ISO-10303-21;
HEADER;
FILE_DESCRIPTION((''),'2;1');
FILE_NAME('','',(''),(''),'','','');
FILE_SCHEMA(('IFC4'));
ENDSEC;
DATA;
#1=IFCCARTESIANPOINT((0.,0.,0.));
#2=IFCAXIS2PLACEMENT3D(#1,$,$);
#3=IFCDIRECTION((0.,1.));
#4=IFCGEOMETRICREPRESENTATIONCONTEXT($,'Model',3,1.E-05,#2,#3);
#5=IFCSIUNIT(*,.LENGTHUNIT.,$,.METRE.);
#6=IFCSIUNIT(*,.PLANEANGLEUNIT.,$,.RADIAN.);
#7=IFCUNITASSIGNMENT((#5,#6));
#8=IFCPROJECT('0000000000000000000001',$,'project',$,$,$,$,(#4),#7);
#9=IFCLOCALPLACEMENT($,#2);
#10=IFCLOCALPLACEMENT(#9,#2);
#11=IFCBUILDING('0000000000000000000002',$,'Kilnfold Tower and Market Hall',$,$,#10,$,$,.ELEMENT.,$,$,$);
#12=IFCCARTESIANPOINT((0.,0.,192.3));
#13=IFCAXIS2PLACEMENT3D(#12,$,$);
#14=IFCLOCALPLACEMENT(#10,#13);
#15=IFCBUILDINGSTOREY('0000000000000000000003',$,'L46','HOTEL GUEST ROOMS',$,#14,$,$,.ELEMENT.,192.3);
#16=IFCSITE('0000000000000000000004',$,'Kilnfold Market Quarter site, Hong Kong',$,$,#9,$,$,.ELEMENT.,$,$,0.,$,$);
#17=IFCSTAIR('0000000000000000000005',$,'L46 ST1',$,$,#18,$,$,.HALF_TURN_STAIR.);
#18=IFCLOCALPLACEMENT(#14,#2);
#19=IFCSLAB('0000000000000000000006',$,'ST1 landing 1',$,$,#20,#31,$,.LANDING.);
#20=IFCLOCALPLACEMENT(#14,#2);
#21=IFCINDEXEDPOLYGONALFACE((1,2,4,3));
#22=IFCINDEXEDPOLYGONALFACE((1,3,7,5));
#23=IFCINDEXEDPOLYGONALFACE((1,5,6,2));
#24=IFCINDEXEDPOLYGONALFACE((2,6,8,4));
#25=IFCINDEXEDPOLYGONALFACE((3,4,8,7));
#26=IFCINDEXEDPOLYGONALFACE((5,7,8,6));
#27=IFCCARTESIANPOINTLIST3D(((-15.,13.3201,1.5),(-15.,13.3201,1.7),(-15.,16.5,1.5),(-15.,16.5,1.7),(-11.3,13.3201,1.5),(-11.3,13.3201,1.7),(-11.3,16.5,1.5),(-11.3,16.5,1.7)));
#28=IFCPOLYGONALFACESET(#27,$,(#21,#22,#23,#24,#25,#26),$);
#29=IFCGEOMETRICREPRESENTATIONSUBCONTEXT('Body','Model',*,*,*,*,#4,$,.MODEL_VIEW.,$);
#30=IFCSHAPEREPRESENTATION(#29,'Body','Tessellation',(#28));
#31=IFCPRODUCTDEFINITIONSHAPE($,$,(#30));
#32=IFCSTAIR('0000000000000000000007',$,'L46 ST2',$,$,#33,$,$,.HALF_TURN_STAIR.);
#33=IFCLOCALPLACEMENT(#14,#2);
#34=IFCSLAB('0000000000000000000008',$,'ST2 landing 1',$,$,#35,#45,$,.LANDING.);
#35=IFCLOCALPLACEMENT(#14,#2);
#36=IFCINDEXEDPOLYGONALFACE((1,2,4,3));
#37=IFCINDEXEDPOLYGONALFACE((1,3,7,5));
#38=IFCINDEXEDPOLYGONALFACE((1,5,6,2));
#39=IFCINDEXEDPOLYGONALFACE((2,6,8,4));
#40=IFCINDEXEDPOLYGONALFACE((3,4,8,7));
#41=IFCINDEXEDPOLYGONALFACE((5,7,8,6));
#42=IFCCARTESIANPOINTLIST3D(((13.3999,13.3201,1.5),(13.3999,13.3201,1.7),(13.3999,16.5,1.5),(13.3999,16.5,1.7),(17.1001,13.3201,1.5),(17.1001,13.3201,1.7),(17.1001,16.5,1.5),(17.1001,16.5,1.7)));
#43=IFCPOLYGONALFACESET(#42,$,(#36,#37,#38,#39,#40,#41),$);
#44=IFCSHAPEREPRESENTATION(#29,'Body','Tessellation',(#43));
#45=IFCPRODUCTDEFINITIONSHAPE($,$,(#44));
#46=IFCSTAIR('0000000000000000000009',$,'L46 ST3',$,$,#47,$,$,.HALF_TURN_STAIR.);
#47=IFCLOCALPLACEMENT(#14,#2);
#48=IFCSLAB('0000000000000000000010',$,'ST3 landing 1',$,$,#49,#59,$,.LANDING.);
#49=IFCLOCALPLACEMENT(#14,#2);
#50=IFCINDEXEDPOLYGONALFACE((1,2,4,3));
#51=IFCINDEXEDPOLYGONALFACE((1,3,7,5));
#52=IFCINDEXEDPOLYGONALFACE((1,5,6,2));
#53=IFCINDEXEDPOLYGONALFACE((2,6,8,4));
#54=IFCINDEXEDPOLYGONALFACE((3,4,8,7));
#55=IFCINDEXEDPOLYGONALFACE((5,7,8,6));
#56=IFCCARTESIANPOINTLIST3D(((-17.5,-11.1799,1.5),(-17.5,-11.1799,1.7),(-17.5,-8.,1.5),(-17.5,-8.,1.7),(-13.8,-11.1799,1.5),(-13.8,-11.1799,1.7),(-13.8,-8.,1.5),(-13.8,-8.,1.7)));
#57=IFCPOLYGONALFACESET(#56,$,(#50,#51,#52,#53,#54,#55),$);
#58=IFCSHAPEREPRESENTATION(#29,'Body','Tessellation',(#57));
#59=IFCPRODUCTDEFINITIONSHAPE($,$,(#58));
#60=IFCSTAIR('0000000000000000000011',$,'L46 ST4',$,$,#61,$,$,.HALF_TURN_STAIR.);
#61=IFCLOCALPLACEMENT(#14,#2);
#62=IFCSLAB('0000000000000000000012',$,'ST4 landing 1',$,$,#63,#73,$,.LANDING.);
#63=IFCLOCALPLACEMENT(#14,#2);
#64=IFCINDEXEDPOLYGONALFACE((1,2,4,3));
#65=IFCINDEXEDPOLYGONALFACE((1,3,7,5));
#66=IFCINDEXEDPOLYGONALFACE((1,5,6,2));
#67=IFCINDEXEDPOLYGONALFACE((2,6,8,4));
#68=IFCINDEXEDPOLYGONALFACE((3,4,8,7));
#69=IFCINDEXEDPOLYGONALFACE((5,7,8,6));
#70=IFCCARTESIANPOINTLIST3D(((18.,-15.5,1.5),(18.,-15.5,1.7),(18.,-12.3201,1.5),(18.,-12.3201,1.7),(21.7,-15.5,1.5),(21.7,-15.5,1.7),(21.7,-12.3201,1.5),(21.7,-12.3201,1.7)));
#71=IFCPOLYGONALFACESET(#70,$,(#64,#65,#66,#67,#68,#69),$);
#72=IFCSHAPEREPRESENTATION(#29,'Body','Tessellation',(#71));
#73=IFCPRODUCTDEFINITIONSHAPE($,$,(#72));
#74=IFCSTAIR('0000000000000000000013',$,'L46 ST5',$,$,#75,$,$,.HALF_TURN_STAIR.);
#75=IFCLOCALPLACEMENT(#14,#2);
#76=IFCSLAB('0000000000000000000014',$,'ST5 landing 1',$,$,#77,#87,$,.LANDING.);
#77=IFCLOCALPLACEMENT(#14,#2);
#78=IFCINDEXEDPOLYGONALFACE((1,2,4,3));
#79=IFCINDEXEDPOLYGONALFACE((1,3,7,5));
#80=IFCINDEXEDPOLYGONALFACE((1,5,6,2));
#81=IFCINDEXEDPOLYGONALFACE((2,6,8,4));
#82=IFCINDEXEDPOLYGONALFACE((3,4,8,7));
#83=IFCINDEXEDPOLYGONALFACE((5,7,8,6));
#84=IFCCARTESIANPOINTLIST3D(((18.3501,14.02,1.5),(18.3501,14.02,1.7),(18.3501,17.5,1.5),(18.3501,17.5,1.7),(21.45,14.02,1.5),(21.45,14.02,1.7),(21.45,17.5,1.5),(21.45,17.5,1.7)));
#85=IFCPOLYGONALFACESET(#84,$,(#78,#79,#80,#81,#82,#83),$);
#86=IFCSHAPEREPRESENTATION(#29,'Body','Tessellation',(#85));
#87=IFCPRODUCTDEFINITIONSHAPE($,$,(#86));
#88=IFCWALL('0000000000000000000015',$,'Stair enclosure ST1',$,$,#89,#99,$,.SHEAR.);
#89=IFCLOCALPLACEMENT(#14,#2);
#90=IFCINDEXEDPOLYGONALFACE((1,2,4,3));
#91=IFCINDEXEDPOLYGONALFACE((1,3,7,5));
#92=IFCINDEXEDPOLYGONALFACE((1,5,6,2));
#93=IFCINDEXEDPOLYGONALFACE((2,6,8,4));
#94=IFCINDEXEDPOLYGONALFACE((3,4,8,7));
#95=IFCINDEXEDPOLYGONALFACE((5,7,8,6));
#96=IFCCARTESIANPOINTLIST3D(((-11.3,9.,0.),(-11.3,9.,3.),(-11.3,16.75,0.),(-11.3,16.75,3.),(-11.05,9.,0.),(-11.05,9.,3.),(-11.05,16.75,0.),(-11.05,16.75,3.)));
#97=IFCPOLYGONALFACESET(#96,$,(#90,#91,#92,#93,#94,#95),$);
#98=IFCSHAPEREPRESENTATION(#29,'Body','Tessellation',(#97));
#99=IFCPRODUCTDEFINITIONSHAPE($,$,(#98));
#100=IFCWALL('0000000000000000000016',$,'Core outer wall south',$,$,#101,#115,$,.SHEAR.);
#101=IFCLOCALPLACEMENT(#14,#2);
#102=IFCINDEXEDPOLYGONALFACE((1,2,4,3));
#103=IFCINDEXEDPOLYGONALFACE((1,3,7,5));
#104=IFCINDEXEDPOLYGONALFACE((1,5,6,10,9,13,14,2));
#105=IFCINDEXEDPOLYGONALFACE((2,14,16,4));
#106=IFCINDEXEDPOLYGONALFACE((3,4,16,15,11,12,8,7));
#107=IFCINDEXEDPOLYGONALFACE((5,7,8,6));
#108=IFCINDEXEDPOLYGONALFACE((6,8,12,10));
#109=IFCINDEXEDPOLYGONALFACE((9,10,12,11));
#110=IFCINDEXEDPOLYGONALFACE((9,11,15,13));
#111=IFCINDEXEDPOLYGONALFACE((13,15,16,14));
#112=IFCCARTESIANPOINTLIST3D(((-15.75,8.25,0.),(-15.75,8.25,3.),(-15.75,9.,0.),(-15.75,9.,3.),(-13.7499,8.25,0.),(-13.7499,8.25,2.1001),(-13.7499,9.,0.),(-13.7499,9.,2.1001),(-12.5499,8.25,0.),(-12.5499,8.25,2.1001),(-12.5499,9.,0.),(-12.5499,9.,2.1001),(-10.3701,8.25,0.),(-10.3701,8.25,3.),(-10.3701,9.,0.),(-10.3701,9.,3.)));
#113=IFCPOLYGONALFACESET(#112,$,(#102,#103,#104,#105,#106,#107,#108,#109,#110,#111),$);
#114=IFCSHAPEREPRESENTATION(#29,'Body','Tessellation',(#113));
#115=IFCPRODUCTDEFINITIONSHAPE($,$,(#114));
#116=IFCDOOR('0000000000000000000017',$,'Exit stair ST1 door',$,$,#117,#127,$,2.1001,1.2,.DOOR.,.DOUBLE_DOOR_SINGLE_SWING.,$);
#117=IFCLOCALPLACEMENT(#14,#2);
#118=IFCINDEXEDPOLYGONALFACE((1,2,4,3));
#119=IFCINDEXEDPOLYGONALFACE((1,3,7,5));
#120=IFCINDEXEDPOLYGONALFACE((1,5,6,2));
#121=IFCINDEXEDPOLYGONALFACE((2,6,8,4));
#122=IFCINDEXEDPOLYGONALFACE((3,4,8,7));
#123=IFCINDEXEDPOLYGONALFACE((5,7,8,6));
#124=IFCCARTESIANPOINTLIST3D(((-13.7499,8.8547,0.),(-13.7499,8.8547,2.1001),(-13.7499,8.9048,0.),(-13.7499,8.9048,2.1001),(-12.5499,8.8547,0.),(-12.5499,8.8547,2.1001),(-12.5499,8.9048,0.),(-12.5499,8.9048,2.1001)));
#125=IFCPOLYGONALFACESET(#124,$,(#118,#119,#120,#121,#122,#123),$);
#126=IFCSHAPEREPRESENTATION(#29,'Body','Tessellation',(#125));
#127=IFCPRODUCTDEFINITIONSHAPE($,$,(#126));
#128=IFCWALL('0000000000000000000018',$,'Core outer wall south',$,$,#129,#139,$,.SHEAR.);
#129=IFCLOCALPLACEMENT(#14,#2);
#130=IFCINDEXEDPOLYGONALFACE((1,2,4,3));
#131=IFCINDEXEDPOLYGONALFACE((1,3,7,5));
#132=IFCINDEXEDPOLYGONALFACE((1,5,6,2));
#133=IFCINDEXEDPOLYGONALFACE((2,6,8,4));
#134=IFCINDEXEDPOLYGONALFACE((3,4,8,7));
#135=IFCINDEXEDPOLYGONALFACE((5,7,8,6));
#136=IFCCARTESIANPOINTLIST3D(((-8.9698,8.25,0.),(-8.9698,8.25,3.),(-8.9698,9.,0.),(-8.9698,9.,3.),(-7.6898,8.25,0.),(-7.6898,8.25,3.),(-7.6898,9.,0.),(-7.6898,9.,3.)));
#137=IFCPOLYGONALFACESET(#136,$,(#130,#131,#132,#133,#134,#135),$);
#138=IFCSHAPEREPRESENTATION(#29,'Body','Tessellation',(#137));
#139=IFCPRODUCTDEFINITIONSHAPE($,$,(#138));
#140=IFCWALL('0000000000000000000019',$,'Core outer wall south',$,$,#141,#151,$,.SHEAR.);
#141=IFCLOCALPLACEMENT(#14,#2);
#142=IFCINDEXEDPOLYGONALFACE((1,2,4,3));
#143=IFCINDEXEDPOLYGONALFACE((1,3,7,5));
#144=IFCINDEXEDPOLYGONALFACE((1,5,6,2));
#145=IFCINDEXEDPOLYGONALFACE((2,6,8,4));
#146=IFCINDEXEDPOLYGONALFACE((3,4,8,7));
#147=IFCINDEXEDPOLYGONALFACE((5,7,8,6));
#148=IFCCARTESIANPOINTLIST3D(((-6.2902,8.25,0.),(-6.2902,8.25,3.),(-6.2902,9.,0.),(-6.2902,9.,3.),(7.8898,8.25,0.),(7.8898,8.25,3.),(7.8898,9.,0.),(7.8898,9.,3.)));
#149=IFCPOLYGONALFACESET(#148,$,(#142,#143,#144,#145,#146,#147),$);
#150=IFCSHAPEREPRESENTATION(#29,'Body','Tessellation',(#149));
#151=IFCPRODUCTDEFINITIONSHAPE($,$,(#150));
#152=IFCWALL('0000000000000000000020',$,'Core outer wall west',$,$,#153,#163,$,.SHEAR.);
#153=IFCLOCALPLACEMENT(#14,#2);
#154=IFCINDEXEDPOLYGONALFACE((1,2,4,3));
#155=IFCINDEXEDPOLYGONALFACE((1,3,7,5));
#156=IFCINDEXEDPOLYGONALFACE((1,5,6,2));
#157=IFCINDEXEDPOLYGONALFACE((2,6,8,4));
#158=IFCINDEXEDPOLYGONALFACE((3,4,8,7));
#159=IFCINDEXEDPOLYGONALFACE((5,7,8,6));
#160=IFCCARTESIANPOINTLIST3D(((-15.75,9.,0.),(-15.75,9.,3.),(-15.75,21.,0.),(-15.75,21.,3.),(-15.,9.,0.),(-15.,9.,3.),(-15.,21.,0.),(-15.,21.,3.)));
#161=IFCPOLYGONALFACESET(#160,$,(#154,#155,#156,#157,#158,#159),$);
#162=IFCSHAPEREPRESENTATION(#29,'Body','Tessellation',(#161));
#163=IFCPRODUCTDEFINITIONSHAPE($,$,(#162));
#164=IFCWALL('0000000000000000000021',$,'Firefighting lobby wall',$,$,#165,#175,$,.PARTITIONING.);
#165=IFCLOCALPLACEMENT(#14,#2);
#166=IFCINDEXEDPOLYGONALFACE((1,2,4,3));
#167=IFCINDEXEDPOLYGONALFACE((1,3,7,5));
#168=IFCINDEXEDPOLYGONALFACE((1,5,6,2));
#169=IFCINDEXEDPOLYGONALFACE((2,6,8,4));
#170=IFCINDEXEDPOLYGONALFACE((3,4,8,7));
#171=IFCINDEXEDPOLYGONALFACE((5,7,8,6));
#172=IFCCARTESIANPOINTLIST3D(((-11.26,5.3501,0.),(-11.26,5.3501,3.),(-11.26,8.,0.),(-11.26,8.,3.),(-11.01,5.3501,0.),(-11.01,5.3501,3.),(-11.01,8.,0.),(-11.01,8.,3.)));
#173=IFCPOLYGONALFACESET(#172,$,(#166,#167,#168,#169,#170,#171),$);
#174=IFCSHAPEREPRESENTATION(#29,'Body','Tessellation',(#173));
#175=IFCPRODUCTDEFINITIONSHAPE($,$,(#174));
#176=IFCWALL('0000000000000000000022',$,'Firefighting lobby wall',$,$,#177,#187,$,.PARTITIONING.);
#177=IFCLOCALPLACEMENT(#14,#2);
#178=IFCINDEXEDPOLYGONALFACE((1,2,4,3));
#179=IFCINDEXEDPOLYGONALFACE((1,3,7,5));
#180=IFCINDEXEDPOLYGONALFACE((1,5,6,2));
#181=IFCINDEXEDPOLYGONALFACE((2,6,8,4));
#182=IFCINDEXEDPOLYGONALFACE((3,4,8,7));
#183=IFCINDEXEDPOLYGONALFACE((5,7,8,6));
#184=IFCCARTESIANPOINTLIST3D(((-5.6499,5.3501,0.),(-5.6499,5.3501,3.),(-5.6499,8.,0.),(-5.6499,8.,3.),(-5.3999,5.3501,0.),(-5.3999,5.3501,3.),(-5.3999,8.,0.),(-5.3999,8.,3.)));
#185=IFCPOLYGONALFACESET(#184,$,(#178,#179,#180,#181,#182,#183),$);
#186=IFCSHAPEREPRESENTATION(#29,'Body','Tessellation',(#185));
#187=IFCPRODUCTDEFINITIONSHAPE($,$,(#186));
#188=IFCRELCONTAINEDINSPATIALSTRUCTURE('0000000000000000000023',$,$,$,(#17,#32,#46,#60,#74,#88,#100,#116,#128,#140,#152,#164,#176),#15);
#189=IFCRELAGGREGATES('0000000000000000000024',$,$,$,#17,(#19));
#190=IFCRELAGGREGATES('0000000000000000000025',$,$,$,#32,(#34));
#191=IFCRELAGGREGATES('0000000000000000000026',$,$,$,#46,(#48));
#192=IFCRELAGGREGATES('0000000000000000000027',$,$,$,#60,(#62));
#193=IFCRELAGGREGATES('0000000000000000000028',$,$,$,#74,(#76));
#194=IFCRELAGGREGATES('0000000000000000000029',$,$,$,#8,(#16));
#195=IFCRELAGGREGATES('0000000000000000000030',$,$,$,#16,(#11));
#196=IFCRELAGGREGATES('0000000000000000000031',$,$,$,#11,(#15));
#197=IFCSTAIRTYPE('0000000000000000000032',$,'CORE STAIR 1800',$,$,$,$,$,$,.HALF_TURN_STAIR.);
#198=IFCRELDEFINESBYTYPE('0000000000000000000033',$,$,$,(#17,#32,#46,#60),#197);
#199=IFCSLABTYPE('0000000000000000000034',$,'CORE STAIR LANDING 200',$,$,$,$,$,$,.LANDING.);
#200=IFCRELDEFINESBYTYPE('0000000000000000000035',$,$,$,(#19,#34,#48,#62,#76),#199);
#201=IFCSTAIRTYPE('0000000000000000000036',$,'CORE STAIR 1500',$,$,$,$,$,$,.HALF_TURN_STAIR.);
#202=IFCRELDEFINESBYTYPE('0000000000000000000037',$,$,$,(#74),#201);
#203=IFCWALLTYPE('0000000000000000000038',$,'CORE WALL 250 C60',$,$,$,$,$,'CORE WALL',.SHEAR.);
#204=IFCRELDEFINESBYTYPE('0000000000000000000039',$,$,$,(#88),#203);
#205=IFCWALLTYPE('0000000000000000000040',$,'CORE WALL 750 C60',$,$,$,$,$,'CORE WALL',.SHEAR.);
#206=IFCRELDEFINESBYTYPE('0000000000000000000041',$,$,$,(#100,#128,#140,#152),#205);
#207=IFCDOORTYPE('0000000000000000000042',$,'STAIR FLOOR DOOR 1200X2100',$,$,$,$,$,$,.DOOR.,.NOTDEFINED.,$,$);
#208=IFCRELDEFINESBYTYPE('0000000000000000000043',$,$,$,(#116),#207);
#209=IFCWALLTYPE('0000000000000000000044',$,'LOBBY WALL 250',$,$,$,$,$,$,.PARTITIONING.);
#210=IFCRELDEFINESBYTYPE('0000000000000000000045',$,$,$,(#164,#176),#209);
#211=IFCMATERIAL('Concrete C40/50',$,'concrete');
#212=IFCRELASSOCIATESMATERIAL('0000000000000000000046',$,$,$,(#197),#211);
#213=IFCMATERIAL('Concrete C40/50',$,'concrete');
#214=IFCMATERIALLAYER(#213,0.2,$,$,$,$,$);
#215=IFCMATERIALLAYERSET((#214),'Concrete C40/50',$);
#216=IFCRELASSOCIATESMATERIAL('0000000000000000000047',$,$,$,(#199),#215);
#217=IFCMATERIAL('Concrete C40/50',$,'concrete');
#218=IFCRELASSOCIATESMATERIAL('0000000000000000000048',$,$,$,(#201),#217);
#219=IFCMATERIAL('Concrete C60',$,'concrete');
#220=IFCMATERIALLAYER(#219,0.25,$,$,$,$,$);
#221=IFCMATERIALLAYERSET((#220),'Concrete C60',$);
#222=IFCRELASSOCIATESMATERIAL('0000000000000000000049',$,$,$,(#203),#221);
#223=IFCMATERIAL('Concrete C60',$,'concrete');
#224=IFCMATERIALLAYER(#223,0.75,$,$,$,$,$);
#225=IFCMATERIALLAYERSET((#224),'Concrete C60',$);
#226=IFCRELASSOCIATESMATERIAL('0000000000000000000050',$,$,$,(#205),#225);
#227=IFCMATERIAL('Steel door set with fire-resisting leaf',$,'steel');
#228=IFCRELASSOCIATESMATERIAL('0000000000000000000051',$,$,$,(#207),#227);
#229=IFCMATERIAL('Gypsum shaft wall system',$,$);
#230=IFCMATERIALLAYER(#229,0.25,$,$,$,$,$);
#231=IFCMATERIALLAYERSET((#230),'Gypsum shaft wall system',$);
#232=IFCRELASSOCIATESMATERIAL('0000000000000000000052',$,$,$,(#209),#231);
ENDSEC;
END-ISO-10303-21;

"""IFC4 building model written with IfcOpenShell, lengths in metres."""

from ifc_helpers import new_model, si_unit, direction, frame, frame_2d, origin, place, context, subcontext, project, spatial, polyline, rectangle, outline, extrude, source, transform, mapped, material, layer, layer_set, type_object, element, fill, aggregate, save


model = new_model("IFC4")

# Units and contexts
model_context = context("Model", 3, precision=1e-05, world=origin(), true_north=direction((0.0, 1.0)))
body_context = subcontext(model_context, "Body", "Model", "MODEL_VIEW")
ifc_project = project(units=[si_unit("LENGTHUNIT", "METRE"), si_unit("PLANEANGLEUNIT", "RADIAN")], contexts=[model_context])

# Site, building, storey
site_placement = place(None, origin())
site = spatial("IfcSite", under=ifc_project, at=site_placement, Name="Kilnfold Market Quarter site, Hong Kong", CompositionType="ELEMENT", RefElevation=0.0)
building_placement = place(site_placement, origin())
building = spatial("IfcBuilding", under=site, at=building_placement, Name="Kilnfold Tower and Market Hall", CompositionType="ELEMENT")
storey_placement = place(building_placement, frame((0.0, 0.0, 192.3)))
storey = spatial("IfcBuildingStorey", under=building, at=storey_placement, Name="L46", Description="HOTEL GUEST ROOMS", CompositionType="ELEMENT", Elevation=192.3)

# Stairs, slabs
ifc_material_1 = material(Name="Concrete C40/50", Category="concrete")
stair_type_1 = type_object("IfcStairType", Name="CORE STAIR 1800", PredefinedType="HALF_TURN_STAIR", material=ifc_material_1)
stair_1_placement = place(storey_placement, origin())
stair_1 = element("IfcStair", 1, at=stair_1_placement, inside=storey, type_object=stair_type_1, Name="L46 ST1", PredefinedType="HALF_TURN_STAIR")
ifc_material_2 = material(Name="Concrete C40/50", Category="concrete")
ifc_layer_1 = layer(ifc_material_2, 0.2)
ifc_layer_set_1 = layer_set([ifc_layer_1], Name="Concrete C40/50")
slab_type_1 = type_object("IfcSlabType", Name="CORE STAIR LANDING 200", PredefinedType="LANDING", material=ifc_layer_set_1)
shared_shape_1 = source(origin(), body_context, "Body", "SweptSolid", [
    extrude(outline(polyline([(-11.3, 13.3201), (-11.3, 16.5), (-15.0, 16.5), (-15.0, 13.3201), (-11.3, 13.3201)])), origin(), (0.0, 0.0, 1.0), 0.2),
])
slab_1_placement = place(storey_placement, frame((0.0, 0.0, 1.5)))
slab_1 = element("IfcSlab", 2, at=slab_1_placement, type_object=slab_type_1, Name="ST1 landing 1", PredefinedType="LANDING", context=body_context, shape_type="MappedRepresentation", body=[
    mapped(shared_shape_1, transform((0.0, 0.0, 0.0))),
])
aggregate(stair_1, [slab_1])
stair_2_placement = place(storey_placement, origin())
stair_2 = element("IfcStair", 3, at=stair_2_placement, inside=storey, type_object=stair_type_1, Name="L46 ST2", PredefinedType="HALF_TURN_STAIR")
shared_shape_2 = source(origin(), body_context, "Body", "SweptSolid", [
    extrude(outline(polyline([(17.1001, 13.3201), (17.1001, 16.5), (13.3999, 16.5), (13.3999, 13.3201), (17.1001, 13.3201)])), origin(), (0.0, 0.0, 1.0), 0.2),
])
slab_2_placement = place(storey_placement, frame((0.0, 0.0, 1.5)))
slab_2 = element("IfcSlab", 4, at=slab_2_placement, type_object=slab_type_1, Name="ST2 landing 1", PredefinedType="LANDING", context=body_context, shape_type="MappedRepresentation", body=[
    mapped(shared_shape_2, transform((0.0, 0.0, 0.0))),
])
aggregate(stair_2, [slab_2])
stair_3_placement = place(storey_placement, origin())
stair_3 = element("IfcStair", 5, at=stair_3_placement, inside=storey, type_object=stair_type_1, Name="L46 ST3", PredefinedType="HALF_TURN_STAIR")
shared_shape_3 = source(origin(), body_context, "Body", "SweptSolid", [
    extrude(outline(polyline([(-13.8, -11.1799), (-13.8, -8.0), (-17.5, -8.0), (-17.5, -11.1799), (-13.8, -11.1799)])), origin(), (0.0, 0.0, 1.0), 0.2),
])
slab_3_placement = place(storey_placement, frame((0.0, 0.0, 1.5)))
slab_3 = element("IfcSlab", 6, at=slab_3_placement, type_object=slab_type_1, Name="ST3 landing 1", PredefinedType="LANDING", context=body_context, shape_type="MappedRepresentation", body=[
    mapped(shared_shape_3, transform((0.0, 0.0, 0.0))),
])
aggregate(stair_3, [slab_3])
stair_4_placement = place(storey_placement, origin())
stair_4 = element("IfcStair", 7, at=stair_4_placement, inside=storey, type_object=stair_type_1, Name="L46 ST4", PredefinedType="HALF_TURN_STAIR")
shared_shape_4 = source(origin(), body_context, "Body", "SweptSolid", [
    extrude(outline(polyline([(18.0, -12.3201), (18.0, -15.5), (21.7, -15.5), (21.7, -12.3201), (18.0, -12.3201)])), origin(), (0.0, 0.0, 1.0), 0.2),
])
slab_4_placement = place(storey_placement, frame((0.0, 0.0, 1.5)))
slab_4 = element("IfcSlab", 8, at=slab_4_placement, type_object=slab_type_1, Name="ST4 landing 1", PredefinedType="LANDING", context=body_context, shape_type="MappedRepresentation", body=[
    mapped(shared_shape_4, transform((0.0, 0.0, 0.0))),
])
aggregate(stair_4, [slab_4])
ifc_material_3 = material(Name="Concrete C40/50", Category="concrete")
stair_type_2 = type_object("IfcStairType", Name="CORE STAIR 1500", PredefinedType="HALF_TURN_STAIR", material=ifc_material_3)
stair_5_placement = place(storey_placement, origin())
stair_5 = element("IfcStair", 9, at=stair_5_placement, inside=storey, type_object=stair_type_2, Name="L46 ST5", PredefinedType="HALF_TURN_STAIR")
shared_shape_5 = source(origin(), body_context, "Body", "SweptSolid", [
    extrude(outline(polyline([(21.45, 14.02), (21.45, 17.5), (18.3501, 17.5), (18.3501, 14.02), (21.45, 14.02)])), origin(), (0.0, 0.0, 1.0), 0.2),
])
slab_5_placement = place(storey_placement, frame((0.0, 0.0, 1.5)))
slab_5 = element("IfcSlab", 10, at=slab_5_placement, type_object=slab_type_1, Name="ST5 landing 1", PredefinedType="LANDING", context=body_context, shape_type="MappedRepresentation", body=[
    mapped(shared_shape_5, transform((0.0, 0.0, 0.0))),
])
aggregate(stair_5, [slab_5])

# Wall
ifc_material_4 = material(Name="Concrete C60", Category="concrete")
ifc_layer_2 = layer(ifc_material_4, 0.25)
ifc_layer_set_2 = layer_set([ifc_layer_2], Name="Concrete C60")
wall_type_1 = type_object("IfcWallType", Name="CORE WALL 250 C60", ElementType="CORE WALL", PredefinedType="SHEAR", material=ifc_layer_set_2)
shared_shape_6 = source(origin(), body_context, "Body", "SweptSolid", [
    extrude(rectangle(XDim=7.75, YDim=0.25, at=frame_2d((3.875, 0.0))), origin(), (0.0, 0.0, 1.0), 3.0),
])
wall_1_placement = place(storey_placement, frame((-11.175, 9.0, 0.0), z_axis=(0.0, 0.0, 1.0), x_axis=(0.0, 1.0, 0.0)))
element("IfcWall", 11, at=wall_1_placement, inside=storey, type_object=wall_type_1, Name="Stair enclosure ST1", PredefinedType="SHEAR", context=body_context, shape_type="MappedRepresentation", body=[
    mapped(shared_shape_6, transform((0.0, 0.0, 0.0))),
])

# Wall, opening, door
ifc_material_5 = material(Name="Concrete C60", Category="concrete")
ifc_layer_3 = layer(ifc_material_5, 0.75)
ifc_layer_set_3 = layer_set([ifc_layer_3], Name="Concrete C60")
wall_type_2 = type_object("IfcWallType", Name="CORE WALL 750 C60", ElementType="CORE WALL", PredefinedType="SHEAR", material=ifc_layer_set_3)
shared_shape_7 = source(origin(), body_context, "Body", "SweptSolid", [
    extrude(rectangle(XDim=5.3799, YDim=0.75, at=frame_2d((2.6899, 0.0))), origin(), (0.0, 0.0, 1.0), 3.0),
])
wall_2_placement = place(storey_placement, frame((-15.75, 8.625, 0.0), z_axis=(0.0, 0.0, 1.0), x_axis=(1.0, 0.0, 0.0)))
wall_2 = element("IfcWall", 12, at=wall_2_placement, inside=storey, type_object=wall_type_2, Name="Core outer wall south", PredefinedType="SHEAR", context=body_context, shape_type="MappedRepresentation", body=[
    mapped(shared_shape_7, transform((0.0, 0.0, 0.0))),
])
opening_1_placement = place(wall_2_placement, frame((2.0, 0.0, 0.0)))
opening_1 = element("IfcOpeningElement", 13, at=opening_1_placement, cuts=wall_2, PredefinedType="OPENING", context=body_context, shape_type="SweptSolid", body=[
    extrude(rectangle(XDim=1.2, YDim=2.1001, at=frame_2d((0.6001, 1.05))), frame((0.0, 0.385, 0.0), z_axis=(0.0, -1.0, 0.0), x_axis=(1.0, 0.0, 0.0)), (0.0, 0.0, 1.0), 0.77),
])
ifc_material_6 = material(Name="Steel door set with fire-resisting leaf", Category="steel")
door_type_1 = type_object("IfcDoorType", Name="STAIR FLOOR DOOR 1200X2100", OperationType="NOTDEFINED", PredefinedType="DOOR", material=ifc_material_6)
door_1_placement = place(opening_1_placement, origin())
door_1 = element("IfcDoor", 14, at=door_1_placement, inside=storey, type_object=door_type_1, Name="Exit stair ST1 door", OperationType="DOUBLE_DOOR_SINGLE_SWING", OverallHeight=2.1001, OverallWidth=1.2, PredefinedType="DOOR", context=body_context, shape_type="SweptSolid", body=[
    extrude(rectangle(XDim=1.2, YDim=2.1001, at=frame_2d((0.6001, 1.05))), frame((0.0, 0.2798, 0.0), z_axis=(0.0, -1.0, 0.0), x_axis=(1.0, 0.0, 0.0)), (0.0, 0.0, 1.0), 0.05),
])
fill(opening_1, door_1)

# Walls
shared_shape_8 = source(origin(), body_context, "Body", "SweptSolid", [
    extrude(rectangle(XDim=1.28, YDim=0.75, at=frame_2d((0.6401, 0.0))), origin(), (0.0, 0.0, 1.0), 3.0),
])
wall_3_placement = place(storey_placement, frame((-8.97, 8.625, 0.0), z_axis=(0.0, 0.0, 1.0), x_axis=(1.0, 0.0, 0.0)))
element("IfcWall", 15, at=wall_3_placement, inside=storey, type_object=wall_type_2, Name="Core outer wall south", PredefinedType="SHEAR", context=body_context, shape_type="MappedRepresentation", body=[
    mapped(shared_shape_8, transform((0.0, 0.0, 0.0))),
])
shared_shape_9 = source(origin(), body_context, "Body", "SweptSolid", [
    extrude(rectangle(XDim=14.1799, YDim=0.75, at=frame_2d((7.0898, 0.0))), origin(), (0.0, 0.0, 1.0), 3.0),
])
wall_4_placement = place(storey_placement, frame((-6.29, 8.625, 0.0), z_axis=(0.0, 0.0, 1.0), x_axis=(1.0, 0.0, 0.0)))
element("IfcWall", 16, at=wall_4_placement, inside=storey, type_object=wall_type_2, Name="Core outer wall south", PredefinedType="SHEAR", context=body_context, shape_type="MappedRepresentation", body=[
    mapped(shared_shape_9, transform((0.0, 0.0, 0.0))),
])
shared_shape_10 = source(origin(), body_context, "Body", "SweptSolid", [
    extrude(rectangle(XDim=12.0, YDim=0.75, at=frame_2d((6.0, 0.0))), origin(), (0.0, 0.0, 1.0), 3.0),
])
wall_5_placement = place(storey_placement, frame((-15.375, 9.0, 0.0), z_axis=(0.0, 0.0, 1.0), x_axis=(0.0, 1.0, 0.0)))
element("IfcWall", 17, at=wall_5_placement, inside=storey, type_object=wall_type_2, Name="Core outer wall west", PredefinedType="SHEAR", context=body_context, shape_type="MappedRepresentation", body=[
    mapped(shared_shape_10, transform((0.0, 0.0, 0.0))),
])
ifc_material_7 = material(Name="Gypsum shaft wall system")
ifc_layer_4 = layer(ifc_material_7, 0.25)
ifc_layer_set_4 = layer_set([ifc_layer_4], Name="Gypsum shaft wall system")
wall_type_3 = type_object("IfcWallType", Name="LOBBY WALL 250", PredefinedType="PARTITIONING", material=ifc_layer_set_4)
shared_shape_11 = source(origin(), body_context, "Body", "SweptSolid", [
    extrude(rectangle(XDim=2.6499, YDim=0.25, at=frame_2d((1.325, 0.0))), origin(), (0.0, 0.0, 1.0), 3.0),
])
for number, where, z_axis, x_axis, name in (
    (18, (-11.135, 5.3501, 0.0), (0.0, 0.0, 1.0), (0.0, 1.0, 0.0), "Firefighting lobby wall"),
    (19, (-5.5249, 5.3501, 0.0), (0.0, 0.0, 1.0), (0.0, 1.0, 0.0), "Firefighting lobby wall"),
):
    element("IfcWall", number, at=place(storey_placement, frame(where, z_axis=z_axis, x_axis=x_axis)), inside=storey, type_object=wall_type_3, Name=name, PredefinedType="PARTITIONING", context=body_context, shape_type="MappedRepresentation", body=[
        mapped(shared_shape_11, transform((0.0, 0.0, 0.0))),
    ])

save(model, "model.ifc")
